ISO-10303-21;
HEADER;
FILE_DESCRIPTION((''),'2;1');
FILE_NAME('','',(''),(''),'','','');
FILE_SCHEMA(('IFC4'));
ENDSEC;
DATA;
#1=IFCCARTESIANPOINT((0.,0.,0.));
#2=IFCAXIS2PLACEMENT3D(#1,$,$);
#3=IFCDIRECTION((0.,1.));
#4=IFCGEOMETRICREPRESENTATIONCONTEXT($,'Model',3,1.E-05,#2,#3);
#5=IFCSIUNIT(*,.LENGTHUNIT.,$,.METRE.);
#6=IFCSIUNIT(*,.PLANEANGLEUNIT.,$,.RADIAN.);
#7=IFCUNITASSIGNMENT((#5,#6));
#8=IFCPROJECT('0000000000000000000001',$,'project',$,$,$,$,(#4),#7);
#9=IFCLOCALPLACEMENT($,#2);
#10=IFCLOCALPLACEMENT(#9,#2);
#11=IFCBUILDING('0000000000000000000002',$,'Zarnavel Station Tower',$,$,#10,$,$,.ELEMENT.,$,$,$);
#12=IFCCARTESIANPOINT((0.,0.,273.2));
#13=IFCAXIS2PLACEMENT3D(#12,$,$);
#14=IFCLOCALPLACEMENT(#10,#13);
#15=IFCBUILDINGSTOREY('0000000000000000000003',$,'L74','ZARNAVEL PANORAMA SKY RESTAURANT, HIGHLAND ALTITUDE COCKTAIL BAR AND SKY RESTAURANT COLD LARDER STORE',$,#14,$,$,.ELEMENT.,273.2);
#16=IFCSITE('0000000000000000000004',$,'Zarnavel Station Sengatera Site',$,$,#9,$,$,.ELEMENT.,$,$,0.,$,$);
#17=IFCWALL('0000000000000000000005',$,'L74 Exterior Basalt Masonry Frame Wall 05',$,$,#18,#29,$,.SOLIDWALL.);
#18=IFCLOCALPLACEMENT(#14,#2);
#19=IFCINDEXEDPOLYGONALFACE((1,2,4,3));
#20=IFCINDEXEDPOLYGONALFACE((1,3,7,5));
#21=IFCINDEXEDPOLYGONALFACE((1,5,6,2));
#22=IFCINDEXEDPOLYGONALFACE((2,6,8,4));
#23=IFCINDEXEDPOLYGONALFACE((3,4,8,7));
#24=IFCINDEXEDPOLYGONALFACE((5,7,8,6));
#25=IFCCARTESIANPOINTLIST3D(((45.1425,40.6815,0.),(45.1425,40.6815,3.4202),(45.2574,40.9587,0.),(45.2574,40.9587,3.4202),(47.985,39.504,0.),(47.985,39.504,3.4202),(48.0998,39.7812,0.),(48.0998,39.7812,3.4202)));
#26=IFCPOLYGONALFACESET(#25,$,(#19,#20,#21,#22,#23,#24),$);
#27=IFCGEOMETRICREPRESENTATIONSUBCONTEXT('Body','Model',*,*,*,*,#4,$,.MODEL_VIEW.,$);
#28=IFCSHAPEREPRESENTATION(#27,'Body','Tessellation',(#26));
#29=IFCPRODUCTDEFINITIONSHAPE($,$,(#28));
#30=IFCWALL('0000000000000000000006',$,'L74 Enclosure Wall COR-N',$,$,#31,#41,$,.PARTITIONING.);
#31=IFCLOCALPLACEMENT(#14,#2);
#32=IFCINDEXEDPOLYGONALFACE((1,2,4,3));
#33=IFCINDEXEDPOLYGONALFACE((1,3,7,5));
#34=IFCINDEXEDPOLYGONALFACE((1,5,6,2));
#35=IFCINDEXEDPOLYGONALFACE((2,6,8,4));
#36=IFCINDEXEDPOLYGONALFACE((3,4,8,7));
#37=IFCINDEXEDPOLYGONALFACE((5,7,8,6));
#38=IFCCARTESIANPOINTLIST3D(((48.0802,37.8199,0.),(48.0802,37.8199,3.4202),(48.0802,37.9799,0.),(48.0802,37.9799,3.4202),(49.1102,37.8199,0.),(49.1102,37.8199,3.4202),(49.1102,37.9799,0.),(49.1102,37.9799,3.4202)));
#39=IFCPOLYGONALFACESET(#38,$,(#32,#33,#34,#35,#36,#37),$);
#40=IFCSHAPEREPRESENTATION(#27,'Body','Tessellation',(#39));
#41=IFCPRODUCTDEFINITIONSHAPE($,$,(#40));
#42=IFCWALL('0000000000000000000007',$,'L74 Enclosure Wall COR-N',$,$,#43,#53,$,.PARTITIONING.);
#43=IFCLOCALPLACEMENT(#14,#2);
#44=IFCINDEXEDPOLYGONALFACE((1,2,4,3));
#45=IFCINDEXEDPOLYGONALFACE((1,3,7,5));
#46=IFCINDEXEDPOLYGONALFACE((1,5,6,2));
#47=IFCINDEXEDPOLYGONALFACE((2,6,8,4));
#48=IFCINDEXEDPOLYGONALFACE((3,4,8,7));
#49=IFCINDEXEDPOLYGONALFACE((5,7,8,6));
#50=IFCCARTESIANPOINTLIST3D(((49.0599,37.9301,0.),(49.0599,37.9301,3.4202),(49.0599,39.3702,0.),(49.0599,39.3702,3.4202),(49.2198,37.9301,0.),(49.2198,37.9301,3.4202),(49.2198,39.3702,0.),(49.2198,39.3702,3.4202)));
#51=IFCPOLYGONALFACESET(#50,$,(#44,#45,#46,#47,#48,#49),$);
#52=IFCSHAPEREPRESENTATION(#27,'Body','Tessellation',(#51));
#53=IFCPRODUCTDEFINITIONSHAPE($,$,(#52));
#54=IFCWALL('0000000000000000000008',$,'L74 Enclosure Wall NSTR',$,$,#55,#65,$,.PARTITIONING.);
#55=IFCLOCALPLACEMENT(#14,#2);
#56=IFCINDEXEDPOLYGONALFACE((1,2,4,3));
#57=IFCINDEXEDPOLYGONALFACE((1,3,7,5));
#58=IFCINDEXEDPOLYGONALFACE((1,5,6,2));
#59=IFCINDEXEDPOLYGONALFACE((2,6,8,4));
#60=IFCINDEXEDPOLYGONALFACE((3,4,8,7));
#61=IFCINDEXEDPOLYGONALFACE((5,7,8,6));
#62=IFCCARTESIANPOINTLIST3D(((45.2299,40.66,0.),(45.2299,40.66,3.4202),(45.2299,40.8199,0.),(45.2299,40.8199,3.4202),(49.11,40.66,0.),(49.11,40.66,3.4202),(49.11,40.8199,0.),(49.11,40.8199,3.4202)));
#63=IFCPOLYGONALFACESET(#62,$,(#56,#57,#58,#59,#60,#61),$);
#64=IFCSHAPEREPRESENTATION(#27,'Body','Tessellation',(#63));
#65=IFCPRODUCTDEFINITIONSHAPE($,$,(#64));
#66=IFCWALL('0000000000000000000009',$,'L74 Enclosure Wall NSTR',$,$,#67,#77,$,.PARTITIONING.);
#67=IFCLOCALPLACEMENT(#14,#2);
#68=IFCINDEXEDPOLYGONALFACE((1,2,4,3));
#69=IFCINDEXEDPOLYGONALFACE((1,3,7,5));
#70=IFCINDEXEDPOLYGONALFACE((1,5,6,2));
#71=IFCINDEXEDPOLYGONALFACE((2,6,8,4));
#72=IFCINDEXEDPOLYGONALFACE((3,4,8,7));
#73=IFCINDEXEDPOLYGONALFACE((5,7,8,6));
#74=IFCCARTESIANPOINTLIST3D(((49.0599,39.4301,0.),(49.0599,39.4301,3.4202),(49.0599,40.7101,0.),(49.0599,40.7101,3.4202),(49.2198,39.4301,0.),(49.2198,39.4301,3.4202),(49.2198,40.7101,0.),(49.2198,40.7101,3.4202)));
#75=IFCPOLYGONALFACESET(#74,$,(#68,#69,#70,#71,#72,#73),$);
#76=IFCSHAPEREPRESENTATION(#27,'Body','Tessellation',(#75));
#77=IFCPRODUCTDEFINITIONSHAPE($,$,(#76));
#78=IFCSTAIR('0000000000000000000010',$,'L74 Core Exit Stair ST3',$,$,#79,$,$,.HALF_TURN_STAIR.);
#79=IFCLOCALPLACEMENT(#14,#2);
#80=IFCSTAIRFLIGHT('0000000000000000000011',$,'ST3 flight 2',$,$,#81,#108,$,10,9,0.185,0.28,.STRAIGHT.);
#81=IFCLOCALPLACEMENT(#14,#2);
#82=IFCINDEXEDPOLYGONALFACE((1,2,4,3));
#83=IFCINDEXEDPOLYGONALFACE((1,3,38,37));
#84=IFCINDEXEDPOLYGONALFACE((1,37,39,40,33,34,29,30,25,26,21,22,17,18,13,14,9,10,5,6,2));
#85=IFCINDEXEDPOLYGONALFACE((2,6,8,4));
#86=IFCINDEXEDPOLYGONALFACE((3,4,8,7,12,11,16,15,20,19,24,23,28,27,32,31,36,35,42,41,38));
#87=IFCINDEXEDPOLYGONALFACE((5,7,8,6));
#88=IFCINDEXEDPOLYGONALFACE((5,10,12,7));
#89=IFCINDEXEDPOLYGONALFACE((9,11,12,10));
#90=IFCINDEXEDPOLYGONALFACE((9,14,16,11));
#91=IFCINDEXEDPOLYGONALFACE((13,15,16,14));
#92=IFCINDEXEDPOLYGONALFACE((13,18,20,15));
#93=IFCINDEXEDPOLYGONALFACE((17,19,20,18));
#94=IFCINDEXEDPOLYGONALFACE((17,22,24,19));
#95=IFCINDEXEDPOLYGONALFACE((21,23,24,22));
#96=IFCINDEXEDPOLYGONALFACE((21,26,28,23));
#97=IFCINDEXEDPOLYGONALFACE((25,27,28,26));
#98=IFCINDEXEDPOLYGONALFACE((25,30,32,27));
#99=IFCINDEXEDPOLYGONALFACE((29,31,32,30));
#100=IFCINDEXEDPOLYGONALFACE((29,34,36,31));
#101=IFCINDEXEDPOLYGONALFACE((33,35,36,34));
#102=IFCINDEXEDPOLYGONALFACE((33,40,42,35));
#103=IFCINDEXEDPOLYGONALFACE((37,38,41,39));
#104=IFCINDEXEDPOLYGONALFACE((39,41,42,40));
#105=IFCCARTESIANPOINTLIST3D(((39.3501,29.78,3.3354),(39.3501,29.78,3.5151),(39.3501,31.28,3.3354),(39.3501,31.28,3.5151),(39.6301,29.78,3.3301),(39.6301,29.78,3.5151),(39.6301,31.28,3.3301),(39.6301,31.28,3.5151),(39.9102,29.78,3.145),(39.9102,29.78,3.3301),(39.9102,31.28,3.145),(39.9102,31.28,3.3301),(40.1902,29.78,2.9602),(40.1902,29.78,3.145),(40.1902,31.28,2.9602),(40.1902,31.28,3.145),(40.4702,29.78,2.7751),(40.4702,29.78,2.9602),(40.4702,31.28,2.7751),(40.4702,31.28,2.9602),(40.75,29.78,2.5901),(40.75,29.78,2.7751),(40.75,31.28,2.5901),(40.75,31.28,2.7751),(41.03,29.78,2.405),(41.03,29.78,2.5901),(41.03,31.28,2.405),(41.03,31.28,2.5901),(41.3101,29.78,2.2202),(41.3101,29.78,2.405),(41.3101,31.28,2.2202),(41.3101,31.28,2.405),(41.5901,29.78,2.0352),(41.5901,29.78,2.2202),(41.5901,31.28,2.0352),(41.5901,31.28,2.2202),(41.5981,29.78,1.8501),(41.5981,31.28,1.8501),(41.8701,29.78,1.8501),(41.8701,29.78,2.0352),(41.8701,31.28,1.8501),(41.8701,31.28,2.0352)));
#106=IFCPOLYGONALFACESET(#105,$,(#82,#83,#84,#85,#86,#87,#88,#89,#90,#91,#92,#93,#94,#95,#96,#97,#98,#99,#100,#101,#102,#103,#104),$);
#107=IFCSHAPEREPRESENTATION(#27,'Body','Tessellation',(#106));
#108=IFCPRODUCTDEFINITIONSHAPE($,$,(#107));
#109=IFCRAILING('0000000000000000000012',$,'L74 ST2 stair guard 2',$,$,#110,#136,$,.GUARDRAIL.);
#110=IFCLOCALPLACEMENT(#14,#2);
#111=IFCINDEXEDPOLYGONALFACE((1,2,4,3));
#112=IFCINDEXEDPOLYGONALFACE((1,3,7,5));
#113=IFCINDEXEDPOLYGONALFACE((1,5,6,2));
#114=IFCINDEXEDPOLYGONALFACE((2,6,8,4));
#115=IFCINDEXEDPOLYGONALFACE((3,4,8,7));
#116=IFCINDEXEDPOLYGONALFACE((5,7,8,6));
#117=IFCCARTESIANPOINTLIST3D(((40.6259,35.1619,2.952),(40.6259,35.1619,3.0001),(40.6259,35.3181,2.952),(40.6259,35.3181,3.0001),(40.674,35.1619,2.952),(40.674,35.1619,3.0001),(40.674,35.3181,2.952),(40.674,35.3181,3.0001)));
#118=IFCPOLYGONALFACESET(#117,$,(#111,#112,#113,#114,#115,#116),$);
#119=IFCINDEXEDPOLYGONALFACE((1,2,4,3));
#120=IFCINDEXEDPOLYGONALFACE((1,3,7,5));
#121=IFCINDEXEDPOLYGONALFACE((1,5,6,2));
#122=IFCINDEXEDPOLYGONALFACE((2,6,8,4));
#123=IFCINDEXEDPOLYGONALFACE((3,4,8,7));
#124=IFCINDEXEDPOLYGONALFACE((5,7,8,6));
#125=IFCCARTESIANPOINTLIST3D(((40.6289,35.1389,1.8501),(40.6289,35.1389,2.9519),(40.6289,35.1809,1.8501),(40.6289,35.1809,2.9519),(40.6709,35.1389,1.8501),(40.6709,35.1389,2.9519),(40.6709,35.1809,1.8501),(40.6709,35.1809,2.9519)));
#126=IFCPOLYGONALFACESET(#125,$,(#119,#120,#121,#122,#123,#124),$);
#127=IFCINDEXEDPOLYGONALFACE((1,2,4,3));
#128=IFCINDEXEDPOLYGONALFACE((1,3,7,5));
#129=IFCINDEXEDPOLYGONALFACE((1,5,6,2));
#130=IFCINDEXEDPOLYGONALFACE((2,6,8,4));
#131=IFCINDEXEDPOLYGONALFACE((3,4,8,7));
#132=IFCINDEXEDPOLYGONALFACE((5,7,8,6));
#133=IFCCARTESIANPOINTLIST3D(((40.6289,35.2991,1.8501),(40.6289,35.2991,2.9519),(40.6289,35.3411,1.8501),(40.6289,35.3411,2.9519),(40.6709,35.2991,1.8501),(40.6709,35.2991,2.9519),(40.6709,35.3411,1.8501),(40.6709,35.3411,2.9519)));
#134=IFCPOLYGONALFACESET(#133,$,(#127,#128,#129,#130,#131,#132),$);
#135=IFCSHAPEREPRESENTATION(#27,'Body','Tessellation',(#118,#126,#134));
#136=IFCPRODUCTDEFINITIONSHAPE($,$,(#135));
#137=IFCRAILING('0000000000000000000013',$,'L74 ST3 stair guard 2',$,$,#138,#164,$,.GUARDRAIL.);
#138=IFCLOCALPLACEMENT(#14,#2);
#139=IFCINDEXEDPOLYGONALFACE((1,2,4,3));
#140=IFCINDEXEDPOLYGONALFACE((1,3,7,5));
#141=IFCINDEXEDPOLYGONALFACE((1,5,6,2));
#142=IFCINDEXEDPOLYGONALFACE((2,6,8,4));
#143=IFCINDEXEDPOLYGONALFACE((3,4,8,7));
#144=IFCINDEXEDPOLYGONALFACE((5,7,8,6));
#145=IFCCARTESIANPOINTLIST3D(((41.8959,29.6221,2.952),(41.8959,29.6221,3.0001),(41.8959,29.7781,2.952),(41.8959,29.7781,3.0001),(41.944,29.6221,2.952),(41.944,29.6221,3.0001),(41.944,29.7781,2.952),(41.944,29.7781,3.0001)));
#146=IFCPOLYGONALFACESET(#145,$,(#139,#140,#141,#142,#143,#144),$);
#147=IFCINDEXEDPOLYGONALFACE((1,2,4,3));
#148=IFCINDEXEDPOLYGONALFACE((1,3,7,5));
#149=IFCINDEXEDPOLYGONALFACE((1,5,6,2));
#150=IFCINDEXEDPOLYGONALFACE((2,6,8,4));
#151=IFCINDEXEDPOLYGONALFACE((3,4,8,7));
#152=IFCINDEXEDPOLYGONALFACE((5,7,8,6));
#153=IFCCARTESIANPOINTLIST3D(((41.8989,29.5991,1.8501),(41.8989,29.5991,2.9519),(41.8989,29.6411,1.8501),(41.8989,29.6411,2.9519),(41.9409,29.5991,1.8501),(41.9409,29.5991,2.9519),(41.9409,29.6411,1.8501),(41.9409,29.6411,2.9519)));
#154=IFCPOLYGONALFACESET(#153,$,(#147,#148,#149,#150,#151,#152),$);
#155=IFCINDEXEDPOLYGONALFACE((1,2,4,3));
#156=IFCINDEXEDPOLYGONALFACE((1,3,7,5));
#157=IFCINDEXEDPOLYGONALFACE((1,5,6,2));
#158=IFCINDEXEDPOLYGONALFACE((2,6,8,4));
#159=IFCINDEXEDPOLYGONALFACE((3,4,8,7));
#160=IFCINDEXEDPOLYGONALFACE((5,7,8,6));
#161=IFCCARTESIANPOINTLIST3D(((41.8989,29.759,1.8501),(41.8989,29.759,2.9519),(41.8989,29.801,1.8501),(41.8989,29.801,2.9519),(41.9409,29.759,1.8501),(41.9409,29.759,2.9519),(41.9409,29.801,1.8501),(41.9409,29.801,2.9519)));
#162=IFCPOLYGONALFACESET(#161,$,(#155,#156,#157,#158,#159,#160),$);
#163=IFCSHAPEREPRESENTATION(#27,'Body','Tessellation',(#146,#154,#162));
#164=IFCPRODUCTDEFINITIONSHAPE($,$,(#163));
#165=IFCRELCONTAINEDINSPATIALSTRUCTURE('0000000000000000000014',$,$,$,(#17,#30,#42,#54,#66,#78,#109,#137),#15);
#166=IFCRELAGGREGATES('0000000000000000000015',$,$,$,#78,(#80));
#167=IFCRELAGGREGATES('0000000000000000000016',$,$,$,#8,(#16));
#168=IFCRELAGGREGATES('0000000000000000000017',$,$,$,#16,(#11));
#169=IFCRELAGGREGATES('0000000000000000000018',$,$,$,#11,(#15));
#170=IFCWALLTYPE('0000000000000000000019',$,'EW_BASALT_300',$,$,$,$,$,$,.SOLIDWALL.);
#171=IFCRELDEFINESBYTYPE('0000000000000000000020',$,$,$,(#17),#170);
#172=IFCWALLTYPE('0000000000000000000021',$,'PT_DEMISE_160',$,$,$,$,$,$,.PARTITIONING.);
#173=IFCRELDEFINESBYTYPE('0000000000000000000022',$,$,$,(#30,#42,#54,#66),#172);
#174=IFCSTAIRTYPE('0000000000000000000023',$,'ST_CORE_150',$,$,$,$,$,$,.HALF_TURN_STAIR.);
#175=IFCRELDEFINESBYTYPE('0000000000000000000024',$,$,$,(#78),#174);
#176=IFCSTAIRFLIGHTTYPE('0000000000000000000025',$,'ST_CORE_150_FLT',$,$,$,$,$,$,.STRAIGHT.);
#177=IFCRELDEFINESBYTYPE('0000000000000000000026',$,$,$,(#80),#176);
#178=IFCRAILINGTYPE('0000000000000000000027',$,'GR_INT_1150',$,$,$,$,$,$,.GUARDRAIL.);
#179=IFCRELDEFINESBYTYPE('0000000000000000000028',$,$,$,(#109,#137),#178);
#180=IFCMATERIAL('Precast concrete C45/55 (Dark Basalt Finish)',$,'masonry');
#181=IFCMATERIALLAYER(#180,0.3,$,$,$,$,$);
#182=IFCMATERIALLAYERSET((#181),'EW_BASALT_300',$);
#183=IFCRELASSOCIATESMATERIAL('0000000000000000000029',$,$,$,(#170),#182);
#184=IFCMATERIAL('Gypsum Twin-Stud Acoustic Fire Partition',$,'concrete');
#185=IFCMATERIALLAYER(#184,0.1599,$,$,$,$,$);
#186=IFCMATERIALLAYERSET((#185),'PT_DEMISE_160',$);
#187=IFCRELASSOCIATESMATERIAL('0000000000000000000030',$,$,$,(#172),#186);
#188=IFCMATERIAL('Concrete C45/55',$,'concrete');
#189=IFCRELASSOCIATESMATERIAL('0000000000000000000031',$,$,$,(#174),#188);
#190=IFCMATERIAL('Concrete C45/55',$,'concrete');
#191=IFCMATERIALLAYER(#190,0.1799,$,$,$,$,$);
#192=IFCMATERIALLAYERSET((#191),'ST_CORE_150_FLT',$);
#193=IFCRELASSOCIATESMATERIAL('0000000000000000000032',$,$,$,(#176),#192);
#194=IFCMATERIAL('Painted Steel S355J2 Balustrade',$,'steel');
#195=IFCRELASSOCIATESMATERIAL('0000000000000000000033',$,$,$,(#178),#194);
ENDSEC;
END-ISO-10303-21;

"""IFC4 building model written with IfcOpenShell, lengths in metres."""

from ifc_helpers import new_model, si_unit, direction, frame, frame_2d, origin, origin_2d, place, context, subcontext, project, spatial, polyline, rectangle, outline, extrude, material, layer, layer_set, type_object, element, aggregate, save


model = new_model("IFC4")

# Units and contexts
model_context = context("Model", 3, precision=1e-05, world=origin(), true_north=direction((0.0, 1.0)))
body_context = subcontext(model_context, "Body", "Model", "MODEL_VIEW")
ifc_project = project(units=[si_unit("LENGTHUNIT", "METRE"), si_unit("PLANEANGLEUNIT", "RADIAN")], contexts=[model_context])

# Site, building, storey
site_placement = place(None, origin())
site = spatial("IfcSite", under=ifc_project, at=site_placement, Name="Zarnavel Station Sengatera Site", CompositionType="ELEMENT", RefElevation=0.0)
building_placement = place(site_placement, origin())
building = spatial("IfcBuilding", under=site, at=building_placement, Name="Zarnavel Station Tower", CompositionType="ELEMENT")
storey_placement = place(building_placement, frame((0.0, 0.0, 273.2)))
storey = spatial("IfcBuildingStorey", under=building, at=storey_placement, Name="L74", Description="ZARNAVEL PANORAMA SKY RESTAURANT, HIGHLAND ALTITUDE COCKTAIL BAR AND SKY RESTAURANT COLD LARDER STORE", CompositionType="ELEMENT", Elevation=273.2)

# Shared definitions
ifc_material_1 = material(Name="Precast concrete C45/55 (Dark Basalt Finish)", Category="masonry")
ifc_layer_1 = layer(ifc_material_1, 0.3)
ifc_layer_set_1 = layer_set([ifc_layer_1], Name="EW_BASALT_300")
wall_type_1 = type_object("IfcWallType", Name="EW_BASALT_300", PredefinedType="SOLIDWALL", material=ifc_layer_set_1)

# Walls
for number, where, z_axis, x_axis, name in (
    (1, (45.2, 40.8201, 0.0), (0.0, 0.0, 1.0), (0.923871, -0.382705, 0.0), "L74 Exterior Basalt Masonry Frame Wall 05"),
):
    element("IfcWall", number, at=place(storey_placement, frame(where, z_axis=z_axis, x_axis=x_axis)), inside=storey, type_object=wall_type_1, Name=name, PredefinedType="SOLIDWALL", context=body_context, shape_type="SweptSolid", body=[
        extrude(rectangle(XDim=3.0767, YDim=0.3, at=frame_2d((1.5383, 0.0))), origin(), (0.0, 0.0, 1.0), 3.4202),
    ])
ifc_material_2 = material(Name="Gypsum Twin-Stud Acoustic Fire Partition", Category="concrete")
ifc_layer_2 = layer(ifc_material_2, 0.1599)
ifc_layer_set_2 = layer_set([ifc_layer_2], Name="PT_DEMISE_160")
wall_type_2 = type_object("IfcWallType", Name="PT_DEMISE_160", PredefinedType="PARTITIONING", material=ifc_layer_set_2)
wall_1_placement = place(storey_placement, frame((48.0801, 37.8999, 0.0), z_axis=(0.0, 0.0, 1.0), x_axis=(1.0, 0.0, 0.0)))
element("IfcWall", 2, at=wall_1_placement, inside=storey, type_object=wall_type_2, Name="L74 Enclosure Wall COR-N", PredefinedType="PARTITIONING", context=body_context, shape_type="SweptSolid", body=[
    extrude(rectangle(XDim=1.03, YDim=0.1599, at=frame_2d((0.5151, 0.0))), origin(), (0.0, 0.0, 1.0), 3.4202),
])
wall_2_placement = place(storey_placement, frame((49.1399, 37.9299, 0.0), z_axis=(0.0, 0.0, 1.0), x_axis=(0.0, 1.0, 0.0)))
element("IfcWall", 3, at=wall_2_placement, inside=storey, type_object=wall_type_2, Name="L74 Enclosure Wall COR-N", PredefinedType="PARTITIONING", context=body_context, shape_type="SweptSolid", body=[
    extrude(rectangle(XDim=1.4402, YDim=0.1599, at=frame_2d((0.7202, 0.0))), origin(), (0.0, 0.0, 1.0), 3.4202),
])
wall_3_placement = place(storey_placement, frame((45.23, 40.74, 0.0), z_axis=(0.0, 0.0, 1.0), x_axis=(1.0, 0.0, 0.0)))
element("IfcWall", 4, at=wall_3_placement, inside=storey, type_object=wall_type_2, Name="L74 Enclosure Wall NSTR", PredefinedType="PARTITIONING", context=body_context, shape_type="SweptSolid", body=[
    extrude(rectangle(XDim=3.8801, YDim=0.1599, at=frame_2d((1.9399, 0.0))), origin(), (0.0, 0.0, 1.0), 3.4202),
])
wall_4_placement = place(storey_placement, frame((49.1399, 39.4299, 0.0), z_axis=(0.0, 0.0, 1.0), x_axis=(0.0, 1.0, 0.0)))
element("IfcWall", 5, at=wall_4_placement, inside=storey, type_object=wall_type_2, Name="L74 Enclosure Wall NSTR", PredefinedType="PARTITIONING", context=body_context, shape_type="SweptSolid", body=[
    extrude(rectangle(XDim=1.28, YDim=0.1599, at=frame_2d((0.6401, 0.0))), origin(), (0.0, 0.0, 1.0), 3.4202),
])

# Stair, stair flight
ifc_material_3 = material(Name="Concrete C45/55", Category="concrete")
stair_type = type_object("IfcStairType", Name="ST_CORE_150", PredefinedType="HALF_TURN_STAIR", material=ifc_material_3)
stair_placement = place(storey_placement, origin())
stair = element("IfcStair", 6, at=stair_placement, inside=storey, type_object=stair_type, Name="L74 Core Exit Stair ST3", PredefinedType="HALF_TURN_STAIR")
ifc_material_4 = material(Name="Concrete C45/55", Category="concrete")
ifc_layer_3 = layer(ifc_material_4, 0.1799)
ifc_layer_set_3 = layer_set([ifc_layer_3], Name="ST_CORE_150_FLT")
stair_flight_type = type_object("IfcStairFlightType", Name="ST_CORE_150_FLT", PredefinedType="STRAIGHT", material=ifc_layer_set_3)
stair_flight_placement = place(storey_placement, frame((41.8701, 30.53, 1.8501), z_axis=(0.0, 0.0, 1.0), x_axis=(-1.0, 0.0, 0.0)))
stair_flight = element("IfcStairFlight", 7, at=stair_flight_placement, type_object=stair_flight_type, Name="ST3 flight 2", NumberOfRisers=10, NumberOfTreads=9, PredefinedType="STRAIGHT", RiserHeight=0.185, TreadLength=0.28, context=body_context, shape_type="SweptSolid", body=[
    extrude(outline(polyline([(0.0, 0.0), (0.0, 0.1851), (0.28, 0.1851), (0.28, 0.3701), (0.5601, 0.3701), (0.5601, 0.5549), (0.8401, 0.5549), (0.8401, 0.74), (1.1201, 0.74), (1.1201, 0.925), (1.3999, 0.925), (1.3999, 1.1101), (1.6799, 1.1101), (1.6799, 1.2949), (1.96, 1.2949), (1.96, 1.48), (2.24, 1.48), (2.24, 1.665), (2.52, 1.665), (2.52, 1.8501), (2.52, 1.4854), (0.272, 0.0), (0.0, 0.0)])), frame((0.0, 0.75, 0.0), z_axis=(0.0, -1.0, 0.0), x_axis=(1.0, 0.0, 0.0)), (0.0, 0.0, 1.0), 1.5),
])
aggregate(stair, [stair_flight])

# Railings
ifc_material_5 = material(Name="Painted Steel S355J2 Balustrade", Category="steel")
railing_type_1 = type_object("IfcRailingType", Name="GR_INT_1150", PredefinedType="GUARDRAIL", material=ifc_material_5)
railing_1_placement = place(storey_placement, frame((40.6499, 35.1599, 1.8501)))
element("IfcRailing", 8, at=railing_1_placement, inside=storey, type_object=railing_type_1, Name="L74 ST2 stair guard 2", PredefinedType="GUARDRAIL", context=body_context, shape_type="SweptSolid", body=[
    extrude(rectangle(XDim=0.0481, YDim=0.0481, at=origin_2d()), frame((0.0, 0.002, 1.126), z_axis=(0.0, 1.0, 0.0), x_axis=(-1.0, 0.0, 0.0)), (0.0, 0.0, 1.0), 0.1562),
    extrude(rectangle(XDim=0.042, YDim=0.042, at=origin_2d()), origin(), (0.0, 0.0, 1.0), 1.1018),
    extrude(rectangle(XDim=0.042, YDim=0.042, at=origin_2d()), frame((0.0, 0.1602, 0.0)), (0.0, 0.0, 1.0), 1.1018),
])
railing_2_placement = place(storey_placement, frame((41.9199, 29.6201, 1.8501)))
element("IfcRailing", 9, at=railing_2_placement, inside=storey, type_object=railing_type_1, Name="L74 ST3 stair guard 2", PredefinedType="GUARDRAIL", context=body_context, shape_type="SweptSolid", body=[
    extrude(rectangle(XDim=0.0481, YDim=0.0481, at=origin_2d()), frame((0.0, 0.002, 1.126), z_axis=(0.0, 1.0, 0.0), x_axis=(-1.0, 0.0, 0.0)), (0.0, 0.0, 1.0), 0.156),
    extrude(rectangle(XDim=0.042, YDim=0.042, at=origin_2d()), origin(), (0.0, 0.0, 1.0), 1.1018),
    extrude(rectangle(XDim=0.042, YDim=0.042, at=origin_2d()), frame((0.0, 0.1599, 0.0)), (0.0, 0.0, 1.0), 1.1018),
])

save(model, "model.ifc")
